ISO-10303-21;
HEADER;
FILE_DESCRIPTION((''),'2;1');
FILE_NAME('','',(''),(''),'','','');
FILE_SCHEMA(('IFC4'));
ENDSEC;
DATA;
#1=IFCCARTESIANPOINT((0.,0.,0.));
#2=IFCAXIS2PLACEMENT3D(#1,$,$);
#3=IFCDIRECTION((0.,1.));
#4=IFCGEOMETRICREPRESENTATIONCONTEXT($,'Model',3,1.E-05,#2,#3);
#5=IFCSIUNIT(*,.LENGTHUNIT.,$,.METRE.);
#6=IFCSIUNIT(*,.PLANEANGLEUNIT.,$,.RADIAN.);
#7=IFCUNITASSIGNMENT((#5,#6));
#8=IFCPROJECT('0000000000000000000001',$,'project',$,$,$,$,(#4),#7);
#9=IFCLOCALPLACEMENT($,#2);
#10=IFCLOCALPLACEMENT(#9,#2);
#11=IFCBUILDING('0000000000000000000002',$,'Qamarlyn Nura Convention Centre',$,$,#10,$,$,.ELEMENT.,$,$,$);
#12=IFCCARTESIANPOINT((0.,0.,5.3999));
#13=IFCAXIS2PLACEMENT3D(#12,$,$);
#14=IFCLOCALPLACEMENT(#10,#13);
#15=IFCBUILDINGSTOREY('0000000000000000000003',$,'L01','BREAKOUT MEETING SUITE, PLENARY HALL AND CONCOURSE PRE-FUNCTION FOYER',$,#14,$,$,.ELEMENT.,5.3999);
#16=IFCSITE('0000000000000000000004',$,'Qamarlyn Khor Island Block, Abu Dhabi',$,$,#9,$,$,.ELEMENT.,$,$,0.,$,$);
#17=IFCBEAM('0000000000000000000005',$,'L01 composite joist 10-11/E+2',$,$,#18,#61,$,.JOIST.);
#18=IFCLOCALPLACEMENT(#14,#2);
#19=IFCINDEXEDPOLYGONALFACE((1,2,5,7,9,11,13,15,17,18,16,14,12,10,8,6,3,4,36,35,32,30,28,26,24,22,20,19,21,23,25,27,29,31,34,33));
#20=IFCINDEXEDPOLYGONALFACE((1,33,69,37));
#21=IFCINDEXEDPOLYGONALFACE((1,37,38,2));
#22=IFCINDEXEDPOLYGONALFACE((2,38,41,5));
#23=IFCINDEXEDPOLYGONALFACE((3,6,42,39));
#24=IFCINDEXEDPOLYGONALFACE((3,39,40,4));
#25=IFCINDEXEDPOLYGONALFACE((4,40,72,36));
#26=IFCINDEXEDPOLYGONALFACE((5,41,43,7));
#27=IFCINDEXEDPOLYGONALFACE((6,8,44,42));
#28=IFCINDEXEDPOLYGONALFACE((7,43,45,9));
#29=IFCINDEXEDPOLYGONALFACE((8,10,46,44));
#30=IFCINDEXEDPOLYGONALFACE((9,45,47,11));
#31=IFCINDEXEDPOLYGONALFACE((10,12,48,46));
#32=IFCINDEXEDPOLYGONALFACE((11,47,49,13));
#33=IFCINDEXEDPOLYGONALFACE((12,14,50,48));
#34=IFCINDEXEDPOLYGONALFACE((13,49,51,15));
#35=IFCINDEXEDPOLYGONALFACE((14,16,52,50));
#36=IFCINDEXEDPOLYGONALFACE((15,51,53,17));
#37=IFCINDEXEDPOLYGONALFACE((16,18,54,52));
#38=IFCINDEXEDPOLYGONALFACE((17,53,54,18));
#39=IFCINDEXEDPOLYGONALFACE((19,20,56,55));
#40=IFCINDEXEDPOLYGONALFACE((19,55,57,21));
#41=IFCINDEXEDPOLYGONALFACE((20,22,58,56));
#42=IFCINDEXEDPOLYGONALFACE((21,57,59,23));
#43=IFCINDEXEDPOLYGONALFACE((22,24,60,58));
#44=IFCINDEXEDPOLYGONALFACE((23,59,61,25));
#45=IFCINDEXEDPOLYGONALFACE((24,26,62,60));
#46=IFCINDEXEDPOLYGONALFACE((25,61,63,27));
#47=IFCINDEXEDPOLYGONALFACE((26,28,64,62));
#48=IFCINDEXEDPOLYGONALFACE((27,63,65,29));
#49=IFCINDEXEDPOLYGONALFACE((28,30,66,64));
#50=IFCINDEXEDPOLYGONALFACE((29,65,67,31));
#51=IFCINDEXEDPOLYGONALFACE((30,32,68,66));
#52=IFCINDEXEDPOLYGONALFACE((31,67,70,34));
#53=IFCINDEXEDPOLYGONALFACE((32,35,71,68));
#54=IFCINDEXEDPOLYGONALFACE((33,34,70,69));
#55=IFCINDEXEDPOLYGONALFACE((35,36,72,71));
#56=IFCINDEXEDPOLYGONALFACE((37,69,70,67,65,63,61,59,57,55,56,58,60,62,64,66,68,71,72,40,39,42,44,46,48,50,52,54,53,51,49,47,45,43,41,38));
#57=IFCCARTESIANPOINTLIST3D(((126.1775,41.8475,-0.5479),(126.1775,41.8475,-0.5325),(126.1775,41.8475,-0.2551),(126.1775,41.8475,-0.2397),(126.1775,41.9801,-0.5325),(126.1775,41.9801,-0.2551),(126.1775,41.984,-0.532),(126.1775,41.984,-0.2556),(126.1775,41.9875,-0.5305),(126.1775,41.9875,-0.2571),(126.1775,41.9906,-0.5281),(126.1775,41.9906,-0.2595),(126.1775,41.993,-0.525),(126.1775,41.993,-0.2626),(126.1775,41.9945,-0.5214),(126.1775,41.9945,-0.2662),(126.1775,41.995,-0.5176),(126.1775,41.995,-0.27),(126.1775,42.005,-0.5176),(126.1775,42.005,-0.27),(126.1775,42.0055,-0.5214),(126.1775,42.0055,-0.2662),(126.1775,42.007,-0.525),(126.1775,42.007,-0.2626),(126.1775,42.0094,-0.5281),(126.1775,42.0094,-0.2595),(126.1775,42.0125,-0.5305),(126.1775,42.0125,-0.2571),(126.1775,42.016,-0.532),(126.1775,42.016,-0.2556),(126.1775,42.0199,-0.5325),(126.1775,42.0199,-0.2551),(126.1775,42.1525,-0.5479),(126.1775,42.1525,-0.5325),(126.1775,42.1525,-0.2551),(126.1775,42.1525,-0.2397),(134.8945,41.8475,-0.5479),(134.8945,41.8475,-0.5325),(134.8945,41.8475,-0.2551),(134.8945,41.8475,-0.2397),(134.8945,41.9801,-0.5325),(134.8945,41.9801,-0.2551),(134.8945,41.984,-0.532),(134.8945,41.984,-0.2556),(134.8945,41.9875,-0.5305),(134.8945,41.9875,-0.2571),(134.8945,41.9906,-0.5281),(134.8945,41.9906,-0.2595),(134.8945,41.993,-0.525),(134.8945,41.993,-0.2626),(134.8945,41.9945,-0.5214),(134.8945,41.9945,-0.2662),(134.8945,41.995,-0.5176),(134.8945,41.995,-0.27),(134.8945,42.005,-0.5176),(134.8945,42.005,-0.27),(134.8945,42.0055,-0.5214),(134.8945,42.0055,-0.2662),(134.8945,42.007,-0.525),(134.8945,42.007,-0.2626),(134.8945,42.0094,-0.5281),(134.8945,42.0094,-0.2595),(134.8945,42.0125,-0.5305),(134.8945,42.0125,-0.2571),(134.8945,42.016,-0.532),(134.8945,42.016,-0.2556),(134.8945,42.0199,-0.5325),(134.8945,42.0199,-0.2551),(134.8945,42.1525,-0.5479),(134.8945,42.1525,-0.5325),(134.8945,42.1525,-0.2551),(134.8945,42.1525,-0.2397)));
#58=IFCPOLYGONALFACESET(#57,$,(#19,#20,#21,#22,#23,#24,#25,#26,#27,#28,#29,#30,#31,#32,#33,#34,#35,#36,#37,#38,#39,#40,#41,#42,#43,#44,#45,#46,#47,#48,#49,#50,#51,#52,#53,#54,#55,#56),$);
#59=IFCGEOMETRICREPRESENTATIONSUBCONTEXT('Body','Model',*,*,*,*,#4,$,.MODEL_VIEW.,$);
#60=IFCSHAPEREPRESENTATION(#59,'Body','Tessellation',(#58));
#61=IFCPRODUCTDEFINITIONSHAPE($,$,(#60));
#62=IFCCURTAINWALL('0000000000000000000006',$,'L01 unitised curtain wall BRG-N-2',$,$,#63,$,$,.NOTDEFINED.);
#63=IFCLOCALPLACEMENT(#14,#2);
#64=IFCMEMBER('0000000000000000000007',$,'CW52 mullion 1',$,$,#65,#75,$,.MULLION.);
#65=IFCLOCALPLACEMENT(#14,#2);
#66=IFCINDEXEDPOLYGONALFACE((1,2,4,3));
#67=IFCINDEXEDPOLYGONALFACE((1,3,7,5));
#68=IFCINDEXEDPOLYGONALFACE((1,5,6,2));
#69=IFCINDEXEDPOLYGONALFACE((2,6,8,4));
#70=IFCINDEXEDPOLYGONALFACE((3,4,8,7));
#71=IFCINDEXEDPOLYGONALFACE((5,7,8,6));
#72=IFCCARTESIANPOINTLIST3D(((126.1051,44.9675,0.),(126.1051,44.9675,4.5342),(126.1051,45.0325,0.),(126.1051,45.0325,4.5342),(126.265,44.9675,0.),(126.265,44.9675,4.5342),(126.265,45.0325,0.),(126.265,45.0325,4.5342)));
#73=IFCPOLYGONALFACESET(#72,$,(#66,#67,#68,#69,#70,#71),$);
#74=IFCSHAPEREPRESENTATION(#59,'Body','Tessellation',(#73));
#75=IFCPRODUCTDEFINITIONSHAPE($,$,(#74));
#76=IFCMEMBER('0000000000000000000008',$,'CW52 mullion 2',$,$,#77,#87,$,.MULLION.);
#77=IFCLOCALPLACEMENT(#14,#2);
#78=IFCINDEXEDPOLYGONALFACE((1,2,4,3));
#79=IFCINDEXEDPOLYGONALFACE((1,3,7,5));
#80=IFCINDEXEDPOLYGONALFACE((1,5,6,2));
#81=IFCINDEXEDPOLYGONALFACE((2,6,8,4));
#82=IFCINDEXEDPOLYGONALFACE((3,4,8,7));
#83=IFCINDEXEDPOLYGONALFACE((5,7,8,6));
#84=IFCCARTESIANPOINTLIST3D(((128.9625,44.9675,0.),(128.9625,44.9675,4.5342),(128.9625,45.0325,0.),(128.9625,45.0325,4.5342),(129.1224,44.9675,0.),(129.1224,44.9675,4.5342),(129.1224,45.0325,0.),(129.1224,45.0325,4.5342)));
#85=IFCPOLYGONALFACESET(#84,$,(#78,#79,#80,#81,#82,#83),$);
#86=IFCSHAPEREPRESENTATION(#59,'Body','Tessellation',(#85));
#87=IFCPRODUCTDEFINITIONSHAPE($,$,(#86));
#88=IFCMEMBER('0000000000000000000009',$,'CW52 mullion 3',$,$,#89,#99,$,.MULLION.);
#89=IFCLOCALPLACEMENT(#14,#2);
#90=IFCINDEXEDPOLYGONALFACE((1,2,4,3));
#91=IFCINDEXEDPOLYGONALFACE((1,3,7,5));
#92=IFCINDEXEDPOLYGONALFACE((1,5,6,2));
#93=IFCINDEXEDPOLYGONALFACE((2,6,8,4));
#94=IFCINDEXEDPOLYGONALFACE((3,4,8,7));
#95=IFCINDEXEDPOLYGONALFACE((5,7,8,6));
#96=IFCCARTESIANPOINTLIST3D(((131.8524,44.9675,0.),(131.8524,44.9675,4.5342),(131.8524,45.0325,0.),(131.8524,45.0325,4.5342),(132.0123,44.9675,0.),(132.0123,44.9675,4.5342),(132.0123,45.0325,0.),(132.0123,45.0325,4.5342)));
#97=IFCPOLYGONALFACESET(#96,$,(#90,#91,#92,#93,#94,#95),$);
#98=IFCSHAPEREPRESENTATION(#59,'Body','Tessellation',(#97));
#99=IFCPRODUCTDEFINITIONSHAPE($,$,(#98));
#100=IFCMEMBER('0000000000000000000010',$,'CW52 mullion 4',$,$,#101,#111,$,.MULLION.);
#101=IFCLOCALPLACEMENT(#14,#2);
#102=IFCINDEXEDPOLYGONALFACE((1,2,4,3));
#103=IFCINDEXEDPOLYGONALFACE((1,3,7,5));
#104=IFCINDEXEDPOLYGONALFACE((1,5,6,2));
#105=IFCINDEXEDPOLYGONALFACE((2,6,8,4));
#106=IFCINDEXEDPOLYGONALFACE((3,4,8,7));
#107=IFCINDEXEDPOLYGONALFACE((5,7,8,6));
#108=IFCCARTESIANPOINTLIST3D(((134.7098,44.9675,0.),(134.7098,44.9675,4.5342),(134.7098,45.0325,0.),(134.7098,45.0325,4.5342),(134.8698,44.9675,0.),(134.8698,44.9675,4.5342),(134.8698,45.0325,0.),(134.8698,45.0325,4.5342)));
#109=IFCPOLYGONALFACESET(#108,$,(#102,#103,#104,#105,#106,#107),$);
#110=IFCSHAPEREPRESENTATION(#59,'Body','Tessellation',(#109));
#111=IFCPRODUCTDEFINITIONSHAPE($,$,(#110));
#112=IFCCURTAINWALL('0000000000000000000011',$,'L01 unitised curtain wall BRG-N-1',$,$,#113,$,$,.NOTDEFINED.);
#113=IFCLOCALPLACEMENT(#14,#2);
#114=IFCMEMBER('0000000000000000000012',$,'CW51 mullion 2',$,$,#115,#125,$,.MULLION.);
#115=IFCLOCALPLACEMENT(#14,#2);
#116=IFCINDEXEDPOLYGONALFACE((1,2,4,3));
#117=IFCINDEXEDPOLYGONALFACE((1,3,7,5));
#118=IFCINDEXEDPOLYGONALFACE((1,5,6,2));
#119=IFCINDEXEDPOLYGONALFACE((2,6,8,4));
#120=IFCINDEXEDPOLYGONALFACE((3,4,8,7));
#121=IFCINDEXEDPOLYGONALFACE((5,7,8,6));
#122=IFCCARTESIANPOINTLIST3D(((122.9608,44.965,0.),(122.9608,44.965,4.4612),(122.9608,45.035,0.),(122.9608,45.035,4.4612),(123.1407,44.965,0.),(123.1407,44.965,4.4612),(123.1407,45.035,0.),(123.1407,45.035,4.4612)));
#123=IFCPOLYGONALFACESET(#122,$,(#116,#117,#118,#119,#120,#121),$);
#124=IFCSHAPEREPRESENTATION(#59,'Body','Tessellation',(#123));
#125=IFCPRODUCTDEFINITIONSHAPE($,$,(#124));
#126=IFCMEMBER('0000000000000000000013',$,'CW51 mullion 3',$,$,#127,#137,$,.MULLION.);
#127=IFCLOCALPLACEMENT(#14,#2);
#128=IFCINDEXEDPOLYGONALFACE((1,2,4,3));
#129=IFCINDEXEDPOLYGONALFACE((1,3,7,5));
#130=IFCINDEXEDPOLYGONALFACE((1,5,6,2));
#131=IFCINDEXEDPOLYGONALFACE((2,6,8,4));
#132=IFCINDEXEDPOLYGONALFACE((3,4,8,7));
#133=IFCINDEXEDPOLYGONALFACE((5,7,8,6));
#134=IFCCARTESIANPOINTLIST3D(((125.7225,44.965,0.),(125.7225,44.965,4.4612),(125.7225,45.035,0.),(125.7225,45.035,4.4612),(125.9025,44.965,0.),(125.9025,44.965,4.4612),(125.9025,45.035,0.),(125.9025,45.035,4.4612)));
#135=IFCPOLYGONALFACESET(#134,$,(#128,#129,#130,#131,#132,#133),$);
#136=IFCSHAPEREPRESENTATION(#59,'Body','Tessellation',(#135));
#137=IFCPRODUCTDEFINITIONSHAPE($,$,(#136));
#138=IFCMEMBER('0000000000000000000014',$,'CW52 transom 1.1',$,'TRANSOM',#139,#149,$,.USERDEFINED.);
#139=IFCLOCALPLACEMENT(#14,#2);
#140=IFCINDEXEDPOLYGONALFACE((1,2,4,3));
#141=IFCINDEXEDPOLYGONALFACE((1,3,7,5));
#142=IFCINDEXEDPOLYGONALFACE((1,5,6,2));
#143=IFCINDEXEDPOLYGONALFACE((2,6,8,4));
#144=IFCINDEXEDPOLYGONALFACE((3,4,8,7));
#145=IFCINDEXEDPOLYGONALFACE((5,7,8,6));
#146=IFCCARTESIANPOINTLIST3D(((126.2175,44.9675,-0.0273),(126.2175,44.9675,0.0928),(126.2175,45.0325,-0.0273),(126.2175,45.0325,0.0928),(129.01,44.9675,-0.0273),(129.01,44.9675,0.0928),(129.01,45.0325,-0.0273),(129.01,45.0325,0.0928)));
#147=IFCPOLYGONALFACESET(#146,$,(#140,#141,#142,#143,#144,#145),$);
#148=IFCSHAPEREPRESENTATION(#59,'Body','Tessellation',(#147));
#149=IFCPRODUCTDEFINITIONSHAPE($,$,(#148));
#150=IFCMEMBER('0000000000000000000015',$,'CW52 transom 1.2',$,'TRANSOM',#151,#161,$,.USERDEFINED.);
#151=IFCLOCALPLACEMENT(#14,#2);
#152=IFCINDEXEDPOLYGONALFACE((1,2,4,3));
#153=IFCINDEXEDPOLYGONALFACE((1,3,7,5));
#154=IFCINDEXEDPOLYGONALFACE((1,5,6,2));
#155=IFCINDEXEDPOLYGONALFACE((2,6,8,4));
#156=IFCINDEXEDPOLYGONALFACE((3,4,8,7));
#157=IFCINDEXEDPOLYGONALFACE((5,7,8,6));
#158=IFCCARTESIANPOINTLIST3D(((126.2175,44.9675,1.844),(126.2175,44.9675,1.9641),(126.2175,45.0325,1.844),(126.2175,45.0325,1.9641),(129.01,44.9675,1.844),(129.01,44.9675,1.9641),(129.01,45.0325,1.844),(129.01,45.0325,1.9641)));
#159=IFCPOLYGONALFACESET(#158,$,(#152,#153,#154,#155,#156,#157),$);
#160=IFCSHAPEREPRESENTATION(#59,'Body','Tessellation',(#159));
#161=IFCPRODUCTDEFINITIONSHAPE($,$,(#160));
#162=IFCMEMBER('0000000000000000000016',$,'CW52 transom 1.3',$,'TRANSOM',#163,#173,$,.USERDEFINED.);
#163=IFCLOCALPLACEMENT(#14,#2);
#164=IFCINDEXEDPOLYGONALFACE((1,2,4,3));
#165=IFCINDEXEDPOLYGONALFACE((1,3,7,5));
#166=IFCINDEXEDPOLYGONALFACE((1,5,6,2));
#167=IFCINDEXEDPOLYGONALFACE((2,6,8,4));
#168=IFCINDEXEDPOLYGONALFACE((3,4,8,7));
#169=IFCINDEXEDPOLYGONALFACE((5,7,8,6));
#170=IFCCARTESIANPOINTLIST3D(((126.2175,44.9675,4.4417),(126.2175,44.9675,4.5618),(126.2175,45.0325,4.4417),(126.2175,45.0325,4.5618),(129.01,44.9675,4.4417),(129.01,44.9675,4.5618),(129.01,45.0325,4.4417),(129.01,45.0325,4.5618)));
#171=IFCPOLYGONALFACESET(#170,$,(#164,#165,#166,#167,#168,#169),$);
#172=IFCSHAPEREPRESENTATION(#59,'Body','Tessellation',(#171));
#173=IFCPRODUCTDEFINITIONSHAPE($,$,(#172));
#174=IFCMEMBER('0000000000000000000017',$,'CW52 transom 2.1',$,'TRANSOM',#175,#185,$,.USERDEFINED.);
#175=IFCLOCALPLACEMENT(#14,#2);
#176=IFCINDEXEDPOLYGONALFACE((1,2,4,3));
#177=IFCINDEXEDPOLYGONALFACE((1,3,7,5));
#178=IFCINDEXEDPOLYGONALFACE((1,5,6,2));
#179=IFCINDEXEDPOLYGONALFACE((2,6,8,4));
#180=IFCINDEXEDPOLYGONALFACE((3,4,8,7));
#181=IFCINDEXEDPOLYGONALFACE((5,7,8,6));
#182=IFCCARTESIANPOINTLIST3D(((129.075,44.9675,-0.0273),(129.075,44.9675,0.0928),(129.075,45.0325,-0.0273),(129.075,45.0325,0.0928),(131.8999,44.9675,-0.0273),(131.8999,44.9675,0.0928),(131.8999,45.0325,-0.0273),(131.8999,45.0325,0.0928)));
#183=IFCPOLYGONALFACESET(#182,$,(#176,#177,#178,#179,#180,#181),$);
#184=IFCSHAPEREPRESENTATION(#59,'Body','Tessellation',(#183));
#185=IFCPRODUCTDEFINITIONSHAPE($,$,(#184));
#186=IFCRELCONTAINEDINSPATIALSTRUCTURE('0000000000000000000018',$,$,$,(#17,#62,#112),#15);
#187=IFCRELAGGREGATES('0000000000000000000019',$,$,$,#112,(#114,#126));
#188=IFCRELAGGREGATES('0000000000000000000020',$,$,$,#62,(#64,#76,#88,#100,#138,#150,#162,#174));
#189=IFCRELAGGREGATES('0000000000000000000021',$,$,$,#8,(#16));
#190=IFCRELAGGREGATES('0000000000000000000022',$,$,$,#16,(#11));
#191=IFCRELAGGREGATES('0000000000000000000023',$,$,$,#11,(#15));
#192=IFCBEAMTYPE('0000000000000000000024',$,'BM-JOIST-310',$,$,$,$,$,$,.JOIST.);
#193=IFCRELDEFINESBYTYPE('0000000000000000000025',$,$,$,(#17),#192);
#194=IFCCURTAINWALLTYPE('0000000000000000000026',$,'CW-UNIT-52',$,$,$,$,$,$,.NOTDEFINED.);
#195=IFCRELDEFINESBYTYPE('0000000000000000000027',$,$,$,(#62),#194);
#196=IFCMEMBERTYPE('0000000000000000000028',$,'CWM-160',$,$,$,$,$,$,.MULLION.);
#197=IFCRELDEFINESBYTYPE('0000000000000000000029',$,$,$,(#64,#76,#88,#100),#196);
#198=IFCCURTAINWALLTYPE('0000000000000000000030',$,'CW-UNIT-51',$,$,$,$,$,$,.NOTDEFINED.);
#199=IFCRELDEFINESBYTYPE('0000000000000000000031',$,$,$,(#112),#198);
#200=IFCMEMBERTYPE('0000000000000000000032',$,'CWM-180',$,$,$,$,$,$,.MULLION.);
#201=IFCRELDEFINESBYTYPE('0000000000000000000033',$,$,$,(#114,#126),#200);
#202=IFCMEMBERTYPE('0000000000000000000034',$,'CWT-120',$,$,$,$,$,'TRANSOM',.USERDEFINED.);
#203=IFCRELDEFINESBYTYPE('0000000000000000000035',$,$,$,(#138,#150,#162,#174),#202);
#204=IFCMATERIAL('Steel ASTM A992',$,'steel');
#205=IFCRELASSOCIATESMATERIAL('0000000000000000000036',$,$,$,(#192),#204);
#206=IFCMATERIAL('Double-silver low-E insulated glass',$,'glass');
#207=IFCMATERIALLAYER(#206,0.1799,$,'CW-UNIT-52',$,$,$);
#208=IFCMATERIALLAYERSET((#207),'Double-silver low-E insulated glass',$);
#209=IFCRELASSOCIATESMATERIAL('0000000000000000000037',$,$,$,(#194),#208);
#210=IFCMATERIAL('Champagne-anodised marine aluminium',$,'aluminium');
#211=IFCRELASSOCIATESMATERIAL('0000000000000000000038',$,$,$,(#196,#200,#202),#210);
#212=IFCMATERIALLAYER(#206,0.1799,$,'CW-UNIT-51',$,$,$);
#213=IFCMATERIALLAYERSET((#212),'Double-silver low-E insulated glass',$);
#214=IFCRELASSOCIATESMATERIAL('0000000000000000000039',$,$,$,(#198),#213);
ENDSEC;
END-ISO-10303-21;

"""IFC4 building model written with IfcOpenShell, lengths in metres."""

from ifc_helpers import new_model, si_unit, direction, frame, origin, origin_2d, place, context, subcontext, project, spatial, rectangle, i_section, extrude, material, layer, layer_set, material_profile, profile_set, type_object, element, aggregate, save


model = new_model("IFC4")

# Units and contexts
model_context = context("Model", 3, precision=1e-05, world=origin(), true_north=direction((0.0, 1.0)))
body_context = subcontext(model_context, "Body", "Model", "MODEL_VIEW")
ifc_project = project(units=[si_unit("LENGTHUNIT", "METRE"), si_unit("PLANEANGLEUNIT", "RADIAN")], contexts=[model_context])

# Site, building, storey
site_placement = place(None, origin())
site = spatial("IfcSite", under=ifc_project, at=site_placement, Name="Qamarlyn Khor Island Block, Abu Dhabi", CompositionType="ELEMENT", RefElevation=0.0)
building_placement = place(site_placement, origin())
building = spatial("IfcBuilding", under=site, at=building_placement, Name="Qamarlyn Nura Convention Centre", CompositionType="ELEMENT")
storey_placement = place(building_placement, frame((0.0, 0.0, 5.3999)))
storey = spatial("IfcBuildingStorey", under=building, at=storey_placement, Name="L01", Description="BREAKOUT MEETING SUITE, PLENARY HALL AND CONCOURSE PRE-FUNCTION FOYER", CompositionType="ELEMENT", Elevation=5.3999)

# Shared definitions
ifc_material_1 = material(Name="Steel ASTM A992", Category="steel")

# Beam
ifc_material_profile_1 = material_profile(ifc_material_1, i_section(OverallWidth=0.3049, OverallDepth=0.3081, WebThickness=0.01, FlangeThickness=0.0154, FilletRadius=0.0149, at=origin_2d()), Name="W310X97")
ifc_profile_set_1 = profile_set([ifc_material_profile_1], Name="Steel ASTM A992")
beam_type_1 = type_object("IfcBeamType", Name="BM-JOIST-310", PredefinedType="JOIST", material=ifc_profile_set_1)
beam_1_placement = place(storey_placement, frame((126.1775, 42.0, -0.3938), z_axis=(1.0, 0.0, 0.0), x_axis=(0.0, 1.0, 0.0)))
element("IfcBeam", 1, at=beam_1_placement, inside=storey, type_object=beam_type_1, Name="L01 composite joist 10-11/E+2", PredefinedType="JOIST", context=body_context, shape_type="SweptSolid", body=[
    extrude(i_section(OverallWidth=0.3049, OverallDepth=0.3081, WebThickness=0.01, FlangeThickness=0.0154, FilletRadius=0.0149, at=origin_2d()), origin(), (0.0, 0.0, 1.0), 8.717),
])

# Curtain walls, members
ifc_material_2 = material(Name="Double-silver low-E insulated glass", Category="glass")
ifc_layer_1 = layer(ifc_material_2, 0.1799, Name="CW-UNIT-52")
ifc_layer_set_1 = layer_set([ifc_layer_1], Name="Double-silver low-E insulated glass")
curtain_wall_type_1 = type_object("IfcCurtainWallType", Name="CW-UNIT-52", PredefinedType="NOTDEFINED", material=ifc_layer_set_1)
curtain_wall_1_placement = place(storey_placement, origin())
curtain_wall_1 = element("IfcCurtainWall", 2, at=curtain_wall_1_placement, inside=storey, type_object=curtain_wall_type_1, Name="L01 unitised curtain wall BRG-N-2", PredefinedType="NOTDEFINED")
ifc_material_3 = material(Name="Champagne-anodised marine aluminium", Category="aluminium")
ifc_material_profile_2 = material_profile(ifc_material_3, rectangle(XDim=0.0649, YDim=0.1599, at=origin_2d()), Name="ALU MULLION 65x160")
ifc_profile_set_2 = profile_set([ifc_material_profile_2], Name="Champagne-anodised marine aluminium")
member_type_1 = type_object("IfcMemberType", Name="CWM-160", PredefinedType="MULLION", material=ifc_profile_set_2)
member_1_placement = place(storey_placement, frame((126.1851, 45.0, 0.0), z_axis=(0.0, 0.0, 1.0), x_axis=(0.0, 1.0, 0.0)))
member_1 = element("IfcMember", 3, at=member_1_placement, type_object=member_type_1, Name="CW52 mullion 1", PredefinedType="MULLION", context=body_context, shape_type="SweptSolid", body=[
    extrude(rectangle(XDim=0.0649, YDim=0.1599, at=origin_2d()), origin(), (0.0, 0.0, 1.0), 4.5342),
])
member_2_placement = place(storey_placement, frame((129.0425, 45.0, 0.0), z_axis=(0.0, 0.0, 1.0), x_axis=(0.0, 1.0, 0.0)))
member_2 = element("IfcMember", 4, at=member_2_placement, type_object=member_type_1, Name="CW52 mullion 2", PredefinedType="MULLION", context=body_context, shape_type="SweptSolid", body=[
    extrude(rectangle(XDim=0.0649, YDim=0.1599, at=origin_2d()), origin(), (0.0, 0.0, 1.0), 4.5342),
])
member_3_placement = place(storey_placement, frame((131.9324, 45.0, 0.0), z_axis=(0.0, 0.0, 1.0), x_axis=(0.0, 1.0, 0.0)))
member_3 = element("IfcMember", 5, at=member_3_placement, type_object=member_type_1, Name="CW52 mullion 3", PredefinedType="MULLION", context=body_context, shape_type="SweptSolid", body=[
    extrude(rectangle(XDim=0.0649, YDim=0.1599, at=origin_2d()), origin(), (0.0, 0.0, 1.0), 4.5342),
])
member_4_placement = place(storey_placement, frame((134.7898, 45.0, 0.0), z_axis=(0.0, 0.0, 1.0), x_axis=(0.0, 1.0, 0.0)))
member_4 = element("IfcMember", 6, at=member_4_placement, type_object=member_type_1, Name="CW52 mullion 4", PredefinedType="MULLION", context=body_context, shape_type="SweptSolid", body=[
    extrude(rectangle(XDim=0.0649, YDim=0.1599, at=origin_2d()), origin(), (0.0, 0.0, 1.0), 4.5342),
])
ifc_layer_2 = layer(ifc_material_2, 0.1799, Name="CW-UNIT-51")
ifc_layer_set_2 = layer_set([ifc_layer_2], Name="Double-silver low-E insulated glass")
curtain_wall_type_2 = type_object("IfcCurtainWallType", Name="CW-UNIT-51", PredefinedType="NOTDEFINED", material=ifc_layer_set_2)
curtain_wall_2_placement = place(storey_placement, origin())
curtain_wall_2 = element("IfcCurtainWall", 7, at=curtain_wall_2_placement, inside=storey, type_object=curtain_wall_type_2, Name="L01 unitised curtain wall BRG-N-1", PredefinedType="NOTDEFINED")
ifc_material_profile_3 = material_profile(ifc_material_3, rectangle(XDim=0.0701, YDim=0.1799, at=origin_2d()), Name="ALU MULLION 70x180")
ifc_profile_set_3 = profile_set([ifc_material_profile_3], Name="Champagne-anodised marine aluminium")
member_type_2 = type_object("IfcMemberType", Name="CWM-180", PredefinedType="MULLION", material=ifc_profile_set_3)
member_5_placement = place(storey_placement, frame((123.0508, 45.0, 0.0), z_axis=(0.0, 0.0, 1.0), x_axis=(0.0, 1.0, 0.0)))
member_5 = element("IfcMember", 8, at=member_5_placement, type_object=member_type_2, Name="CW51 mullion 2", PredefinedType="MULLION", context=body_context, shape_type="SweptSolid", body=[
    extrude(rectangle(XDim=0.0701, YDim=0.1799, at=origin_2d()), origin(), (0.0, 0.0, 1.0), 4.4612),
])
member_6_placement = place(storey_placement, frame((125.8125, 45.0, 0.0), z_axis=(0.0, 0.0, 1.0), x_axis=(0.0, 1.0, 0.0)))
member_6 = element("IfcMember", 9, at=member_6_placement, type_object=member_type_2, Name="CW51 mullion 3", PredefinedType="MULLION", context=body_context, shape_type="SweptSolid", body=[
    extrude(rectangle(XDim=0.0701, YDim=0.1799, at=origin_2d()), origin(), (0.0, 0.0, 1.0), 4.4612),
])

# Members
ifc_material_profile_4 = material_profile(ifc_material_3, rectangle(XDim=0.0649, YDim=0.1201, at=origin_2d()), Name="ALU TRANSOM 65x120")
ifc_profile_set_4 = profile_set([ifc_material_profile_4], Name="Champagne-anodised marine aluminium")
member_type_3 = type_object("IfcMemberType", Name="CWT-120", ElementType="TRANSOM", PredefinedType="USERDEFINED", material=ifc_profile_set_4)
member_7_placement = place(storey_placement, frame((126.2175, 45.0, 0.0327), z_axis=(1.0, 0.0, 0.0), x_axis=(0.0, 1.0, 0.0)))
member_7 = element("IfcMember", 10, at=member_7_placement, type_object=member_type_3, Name="CW52 transom 1.1", ObjectType="TRANSOM", PredefinedType="USERDEFINED", context=body_context, shape_type="SweptSolid", body=[
    extrude(rectangle(XDim=0.0649, YDim=0.1201, at=origin_2d()), origin(), (0.0, 0.0, 1.0), 2.7925),
])
member_8_placement = place(storey_placement, frame((126.2175, 45.0, 1.9041), z_axis=(1.0, 0.0, 0.0), x_axis=(0.0, 1.0, 0.0)))
member_8 = element("IfcMember", 11, at=member_8_placement, type_object=member_type_3, Name="CW52 transom 1.2", ObjectType="TRANSOM", PredefinedType="USERDEFINED", context=body_context, shape_type="SweptSolid", body=[
    extrude(rectangle(XDim=0.0649, YDim=0.1201, at=origin_2d()), origin(), (0.0, 0.0, 1.0), 2.7925),
])
member_9_placement = place(storey_placement, frame((126.2175, 45.0, 4.5017), z_axis=(1.0, 0.0, 0.0), x_axis=(0.0, 1.0, 0.0)))
member_9 = element("IfcMember", 12, at=member_9_placement, type_object=member_type_3, Name="CW52 transom 1.3", ObjectType="TRANSOM", PredefinedType="USERDEFINED", context=body_context, shape_type="SweptSolid", body=[
    extrude(rectangle(XDim=0.0649, YDim=0.1201, at=origin_2d()), origin(), (0.0, 0.0, 1.0), 2.7925),
])
member_10_placement = place(storey_placement, frame((129.075, 45.0, 0.0327), z_axis=(1.0, 0.0, 0.0), x_axis=(0.0, 1.0, 0.0)))
member_10 = element("IfcMember", 13, at=member_10_placement, type_object=member_type_3, Name="CW52 transom 2.1", ObjectType="TRANSOM", PredefinedType="USERDEFINED", context=body_context, shape_type="SweptSolid", body=[
    extrude(rectangle(XDim=0.0649, YDim=0.1201, at=origin_2d()), origin(), (0.0, 0.0, 1.0), 2.825),
])

aggregate(curtain_wall_2, [member_5, member_6])
aggregate(curtain_wall_1, [member_1, member_2, member_3, member_4, member_7, member_8, member_9, member_10])

save(model, "model.ifc")
